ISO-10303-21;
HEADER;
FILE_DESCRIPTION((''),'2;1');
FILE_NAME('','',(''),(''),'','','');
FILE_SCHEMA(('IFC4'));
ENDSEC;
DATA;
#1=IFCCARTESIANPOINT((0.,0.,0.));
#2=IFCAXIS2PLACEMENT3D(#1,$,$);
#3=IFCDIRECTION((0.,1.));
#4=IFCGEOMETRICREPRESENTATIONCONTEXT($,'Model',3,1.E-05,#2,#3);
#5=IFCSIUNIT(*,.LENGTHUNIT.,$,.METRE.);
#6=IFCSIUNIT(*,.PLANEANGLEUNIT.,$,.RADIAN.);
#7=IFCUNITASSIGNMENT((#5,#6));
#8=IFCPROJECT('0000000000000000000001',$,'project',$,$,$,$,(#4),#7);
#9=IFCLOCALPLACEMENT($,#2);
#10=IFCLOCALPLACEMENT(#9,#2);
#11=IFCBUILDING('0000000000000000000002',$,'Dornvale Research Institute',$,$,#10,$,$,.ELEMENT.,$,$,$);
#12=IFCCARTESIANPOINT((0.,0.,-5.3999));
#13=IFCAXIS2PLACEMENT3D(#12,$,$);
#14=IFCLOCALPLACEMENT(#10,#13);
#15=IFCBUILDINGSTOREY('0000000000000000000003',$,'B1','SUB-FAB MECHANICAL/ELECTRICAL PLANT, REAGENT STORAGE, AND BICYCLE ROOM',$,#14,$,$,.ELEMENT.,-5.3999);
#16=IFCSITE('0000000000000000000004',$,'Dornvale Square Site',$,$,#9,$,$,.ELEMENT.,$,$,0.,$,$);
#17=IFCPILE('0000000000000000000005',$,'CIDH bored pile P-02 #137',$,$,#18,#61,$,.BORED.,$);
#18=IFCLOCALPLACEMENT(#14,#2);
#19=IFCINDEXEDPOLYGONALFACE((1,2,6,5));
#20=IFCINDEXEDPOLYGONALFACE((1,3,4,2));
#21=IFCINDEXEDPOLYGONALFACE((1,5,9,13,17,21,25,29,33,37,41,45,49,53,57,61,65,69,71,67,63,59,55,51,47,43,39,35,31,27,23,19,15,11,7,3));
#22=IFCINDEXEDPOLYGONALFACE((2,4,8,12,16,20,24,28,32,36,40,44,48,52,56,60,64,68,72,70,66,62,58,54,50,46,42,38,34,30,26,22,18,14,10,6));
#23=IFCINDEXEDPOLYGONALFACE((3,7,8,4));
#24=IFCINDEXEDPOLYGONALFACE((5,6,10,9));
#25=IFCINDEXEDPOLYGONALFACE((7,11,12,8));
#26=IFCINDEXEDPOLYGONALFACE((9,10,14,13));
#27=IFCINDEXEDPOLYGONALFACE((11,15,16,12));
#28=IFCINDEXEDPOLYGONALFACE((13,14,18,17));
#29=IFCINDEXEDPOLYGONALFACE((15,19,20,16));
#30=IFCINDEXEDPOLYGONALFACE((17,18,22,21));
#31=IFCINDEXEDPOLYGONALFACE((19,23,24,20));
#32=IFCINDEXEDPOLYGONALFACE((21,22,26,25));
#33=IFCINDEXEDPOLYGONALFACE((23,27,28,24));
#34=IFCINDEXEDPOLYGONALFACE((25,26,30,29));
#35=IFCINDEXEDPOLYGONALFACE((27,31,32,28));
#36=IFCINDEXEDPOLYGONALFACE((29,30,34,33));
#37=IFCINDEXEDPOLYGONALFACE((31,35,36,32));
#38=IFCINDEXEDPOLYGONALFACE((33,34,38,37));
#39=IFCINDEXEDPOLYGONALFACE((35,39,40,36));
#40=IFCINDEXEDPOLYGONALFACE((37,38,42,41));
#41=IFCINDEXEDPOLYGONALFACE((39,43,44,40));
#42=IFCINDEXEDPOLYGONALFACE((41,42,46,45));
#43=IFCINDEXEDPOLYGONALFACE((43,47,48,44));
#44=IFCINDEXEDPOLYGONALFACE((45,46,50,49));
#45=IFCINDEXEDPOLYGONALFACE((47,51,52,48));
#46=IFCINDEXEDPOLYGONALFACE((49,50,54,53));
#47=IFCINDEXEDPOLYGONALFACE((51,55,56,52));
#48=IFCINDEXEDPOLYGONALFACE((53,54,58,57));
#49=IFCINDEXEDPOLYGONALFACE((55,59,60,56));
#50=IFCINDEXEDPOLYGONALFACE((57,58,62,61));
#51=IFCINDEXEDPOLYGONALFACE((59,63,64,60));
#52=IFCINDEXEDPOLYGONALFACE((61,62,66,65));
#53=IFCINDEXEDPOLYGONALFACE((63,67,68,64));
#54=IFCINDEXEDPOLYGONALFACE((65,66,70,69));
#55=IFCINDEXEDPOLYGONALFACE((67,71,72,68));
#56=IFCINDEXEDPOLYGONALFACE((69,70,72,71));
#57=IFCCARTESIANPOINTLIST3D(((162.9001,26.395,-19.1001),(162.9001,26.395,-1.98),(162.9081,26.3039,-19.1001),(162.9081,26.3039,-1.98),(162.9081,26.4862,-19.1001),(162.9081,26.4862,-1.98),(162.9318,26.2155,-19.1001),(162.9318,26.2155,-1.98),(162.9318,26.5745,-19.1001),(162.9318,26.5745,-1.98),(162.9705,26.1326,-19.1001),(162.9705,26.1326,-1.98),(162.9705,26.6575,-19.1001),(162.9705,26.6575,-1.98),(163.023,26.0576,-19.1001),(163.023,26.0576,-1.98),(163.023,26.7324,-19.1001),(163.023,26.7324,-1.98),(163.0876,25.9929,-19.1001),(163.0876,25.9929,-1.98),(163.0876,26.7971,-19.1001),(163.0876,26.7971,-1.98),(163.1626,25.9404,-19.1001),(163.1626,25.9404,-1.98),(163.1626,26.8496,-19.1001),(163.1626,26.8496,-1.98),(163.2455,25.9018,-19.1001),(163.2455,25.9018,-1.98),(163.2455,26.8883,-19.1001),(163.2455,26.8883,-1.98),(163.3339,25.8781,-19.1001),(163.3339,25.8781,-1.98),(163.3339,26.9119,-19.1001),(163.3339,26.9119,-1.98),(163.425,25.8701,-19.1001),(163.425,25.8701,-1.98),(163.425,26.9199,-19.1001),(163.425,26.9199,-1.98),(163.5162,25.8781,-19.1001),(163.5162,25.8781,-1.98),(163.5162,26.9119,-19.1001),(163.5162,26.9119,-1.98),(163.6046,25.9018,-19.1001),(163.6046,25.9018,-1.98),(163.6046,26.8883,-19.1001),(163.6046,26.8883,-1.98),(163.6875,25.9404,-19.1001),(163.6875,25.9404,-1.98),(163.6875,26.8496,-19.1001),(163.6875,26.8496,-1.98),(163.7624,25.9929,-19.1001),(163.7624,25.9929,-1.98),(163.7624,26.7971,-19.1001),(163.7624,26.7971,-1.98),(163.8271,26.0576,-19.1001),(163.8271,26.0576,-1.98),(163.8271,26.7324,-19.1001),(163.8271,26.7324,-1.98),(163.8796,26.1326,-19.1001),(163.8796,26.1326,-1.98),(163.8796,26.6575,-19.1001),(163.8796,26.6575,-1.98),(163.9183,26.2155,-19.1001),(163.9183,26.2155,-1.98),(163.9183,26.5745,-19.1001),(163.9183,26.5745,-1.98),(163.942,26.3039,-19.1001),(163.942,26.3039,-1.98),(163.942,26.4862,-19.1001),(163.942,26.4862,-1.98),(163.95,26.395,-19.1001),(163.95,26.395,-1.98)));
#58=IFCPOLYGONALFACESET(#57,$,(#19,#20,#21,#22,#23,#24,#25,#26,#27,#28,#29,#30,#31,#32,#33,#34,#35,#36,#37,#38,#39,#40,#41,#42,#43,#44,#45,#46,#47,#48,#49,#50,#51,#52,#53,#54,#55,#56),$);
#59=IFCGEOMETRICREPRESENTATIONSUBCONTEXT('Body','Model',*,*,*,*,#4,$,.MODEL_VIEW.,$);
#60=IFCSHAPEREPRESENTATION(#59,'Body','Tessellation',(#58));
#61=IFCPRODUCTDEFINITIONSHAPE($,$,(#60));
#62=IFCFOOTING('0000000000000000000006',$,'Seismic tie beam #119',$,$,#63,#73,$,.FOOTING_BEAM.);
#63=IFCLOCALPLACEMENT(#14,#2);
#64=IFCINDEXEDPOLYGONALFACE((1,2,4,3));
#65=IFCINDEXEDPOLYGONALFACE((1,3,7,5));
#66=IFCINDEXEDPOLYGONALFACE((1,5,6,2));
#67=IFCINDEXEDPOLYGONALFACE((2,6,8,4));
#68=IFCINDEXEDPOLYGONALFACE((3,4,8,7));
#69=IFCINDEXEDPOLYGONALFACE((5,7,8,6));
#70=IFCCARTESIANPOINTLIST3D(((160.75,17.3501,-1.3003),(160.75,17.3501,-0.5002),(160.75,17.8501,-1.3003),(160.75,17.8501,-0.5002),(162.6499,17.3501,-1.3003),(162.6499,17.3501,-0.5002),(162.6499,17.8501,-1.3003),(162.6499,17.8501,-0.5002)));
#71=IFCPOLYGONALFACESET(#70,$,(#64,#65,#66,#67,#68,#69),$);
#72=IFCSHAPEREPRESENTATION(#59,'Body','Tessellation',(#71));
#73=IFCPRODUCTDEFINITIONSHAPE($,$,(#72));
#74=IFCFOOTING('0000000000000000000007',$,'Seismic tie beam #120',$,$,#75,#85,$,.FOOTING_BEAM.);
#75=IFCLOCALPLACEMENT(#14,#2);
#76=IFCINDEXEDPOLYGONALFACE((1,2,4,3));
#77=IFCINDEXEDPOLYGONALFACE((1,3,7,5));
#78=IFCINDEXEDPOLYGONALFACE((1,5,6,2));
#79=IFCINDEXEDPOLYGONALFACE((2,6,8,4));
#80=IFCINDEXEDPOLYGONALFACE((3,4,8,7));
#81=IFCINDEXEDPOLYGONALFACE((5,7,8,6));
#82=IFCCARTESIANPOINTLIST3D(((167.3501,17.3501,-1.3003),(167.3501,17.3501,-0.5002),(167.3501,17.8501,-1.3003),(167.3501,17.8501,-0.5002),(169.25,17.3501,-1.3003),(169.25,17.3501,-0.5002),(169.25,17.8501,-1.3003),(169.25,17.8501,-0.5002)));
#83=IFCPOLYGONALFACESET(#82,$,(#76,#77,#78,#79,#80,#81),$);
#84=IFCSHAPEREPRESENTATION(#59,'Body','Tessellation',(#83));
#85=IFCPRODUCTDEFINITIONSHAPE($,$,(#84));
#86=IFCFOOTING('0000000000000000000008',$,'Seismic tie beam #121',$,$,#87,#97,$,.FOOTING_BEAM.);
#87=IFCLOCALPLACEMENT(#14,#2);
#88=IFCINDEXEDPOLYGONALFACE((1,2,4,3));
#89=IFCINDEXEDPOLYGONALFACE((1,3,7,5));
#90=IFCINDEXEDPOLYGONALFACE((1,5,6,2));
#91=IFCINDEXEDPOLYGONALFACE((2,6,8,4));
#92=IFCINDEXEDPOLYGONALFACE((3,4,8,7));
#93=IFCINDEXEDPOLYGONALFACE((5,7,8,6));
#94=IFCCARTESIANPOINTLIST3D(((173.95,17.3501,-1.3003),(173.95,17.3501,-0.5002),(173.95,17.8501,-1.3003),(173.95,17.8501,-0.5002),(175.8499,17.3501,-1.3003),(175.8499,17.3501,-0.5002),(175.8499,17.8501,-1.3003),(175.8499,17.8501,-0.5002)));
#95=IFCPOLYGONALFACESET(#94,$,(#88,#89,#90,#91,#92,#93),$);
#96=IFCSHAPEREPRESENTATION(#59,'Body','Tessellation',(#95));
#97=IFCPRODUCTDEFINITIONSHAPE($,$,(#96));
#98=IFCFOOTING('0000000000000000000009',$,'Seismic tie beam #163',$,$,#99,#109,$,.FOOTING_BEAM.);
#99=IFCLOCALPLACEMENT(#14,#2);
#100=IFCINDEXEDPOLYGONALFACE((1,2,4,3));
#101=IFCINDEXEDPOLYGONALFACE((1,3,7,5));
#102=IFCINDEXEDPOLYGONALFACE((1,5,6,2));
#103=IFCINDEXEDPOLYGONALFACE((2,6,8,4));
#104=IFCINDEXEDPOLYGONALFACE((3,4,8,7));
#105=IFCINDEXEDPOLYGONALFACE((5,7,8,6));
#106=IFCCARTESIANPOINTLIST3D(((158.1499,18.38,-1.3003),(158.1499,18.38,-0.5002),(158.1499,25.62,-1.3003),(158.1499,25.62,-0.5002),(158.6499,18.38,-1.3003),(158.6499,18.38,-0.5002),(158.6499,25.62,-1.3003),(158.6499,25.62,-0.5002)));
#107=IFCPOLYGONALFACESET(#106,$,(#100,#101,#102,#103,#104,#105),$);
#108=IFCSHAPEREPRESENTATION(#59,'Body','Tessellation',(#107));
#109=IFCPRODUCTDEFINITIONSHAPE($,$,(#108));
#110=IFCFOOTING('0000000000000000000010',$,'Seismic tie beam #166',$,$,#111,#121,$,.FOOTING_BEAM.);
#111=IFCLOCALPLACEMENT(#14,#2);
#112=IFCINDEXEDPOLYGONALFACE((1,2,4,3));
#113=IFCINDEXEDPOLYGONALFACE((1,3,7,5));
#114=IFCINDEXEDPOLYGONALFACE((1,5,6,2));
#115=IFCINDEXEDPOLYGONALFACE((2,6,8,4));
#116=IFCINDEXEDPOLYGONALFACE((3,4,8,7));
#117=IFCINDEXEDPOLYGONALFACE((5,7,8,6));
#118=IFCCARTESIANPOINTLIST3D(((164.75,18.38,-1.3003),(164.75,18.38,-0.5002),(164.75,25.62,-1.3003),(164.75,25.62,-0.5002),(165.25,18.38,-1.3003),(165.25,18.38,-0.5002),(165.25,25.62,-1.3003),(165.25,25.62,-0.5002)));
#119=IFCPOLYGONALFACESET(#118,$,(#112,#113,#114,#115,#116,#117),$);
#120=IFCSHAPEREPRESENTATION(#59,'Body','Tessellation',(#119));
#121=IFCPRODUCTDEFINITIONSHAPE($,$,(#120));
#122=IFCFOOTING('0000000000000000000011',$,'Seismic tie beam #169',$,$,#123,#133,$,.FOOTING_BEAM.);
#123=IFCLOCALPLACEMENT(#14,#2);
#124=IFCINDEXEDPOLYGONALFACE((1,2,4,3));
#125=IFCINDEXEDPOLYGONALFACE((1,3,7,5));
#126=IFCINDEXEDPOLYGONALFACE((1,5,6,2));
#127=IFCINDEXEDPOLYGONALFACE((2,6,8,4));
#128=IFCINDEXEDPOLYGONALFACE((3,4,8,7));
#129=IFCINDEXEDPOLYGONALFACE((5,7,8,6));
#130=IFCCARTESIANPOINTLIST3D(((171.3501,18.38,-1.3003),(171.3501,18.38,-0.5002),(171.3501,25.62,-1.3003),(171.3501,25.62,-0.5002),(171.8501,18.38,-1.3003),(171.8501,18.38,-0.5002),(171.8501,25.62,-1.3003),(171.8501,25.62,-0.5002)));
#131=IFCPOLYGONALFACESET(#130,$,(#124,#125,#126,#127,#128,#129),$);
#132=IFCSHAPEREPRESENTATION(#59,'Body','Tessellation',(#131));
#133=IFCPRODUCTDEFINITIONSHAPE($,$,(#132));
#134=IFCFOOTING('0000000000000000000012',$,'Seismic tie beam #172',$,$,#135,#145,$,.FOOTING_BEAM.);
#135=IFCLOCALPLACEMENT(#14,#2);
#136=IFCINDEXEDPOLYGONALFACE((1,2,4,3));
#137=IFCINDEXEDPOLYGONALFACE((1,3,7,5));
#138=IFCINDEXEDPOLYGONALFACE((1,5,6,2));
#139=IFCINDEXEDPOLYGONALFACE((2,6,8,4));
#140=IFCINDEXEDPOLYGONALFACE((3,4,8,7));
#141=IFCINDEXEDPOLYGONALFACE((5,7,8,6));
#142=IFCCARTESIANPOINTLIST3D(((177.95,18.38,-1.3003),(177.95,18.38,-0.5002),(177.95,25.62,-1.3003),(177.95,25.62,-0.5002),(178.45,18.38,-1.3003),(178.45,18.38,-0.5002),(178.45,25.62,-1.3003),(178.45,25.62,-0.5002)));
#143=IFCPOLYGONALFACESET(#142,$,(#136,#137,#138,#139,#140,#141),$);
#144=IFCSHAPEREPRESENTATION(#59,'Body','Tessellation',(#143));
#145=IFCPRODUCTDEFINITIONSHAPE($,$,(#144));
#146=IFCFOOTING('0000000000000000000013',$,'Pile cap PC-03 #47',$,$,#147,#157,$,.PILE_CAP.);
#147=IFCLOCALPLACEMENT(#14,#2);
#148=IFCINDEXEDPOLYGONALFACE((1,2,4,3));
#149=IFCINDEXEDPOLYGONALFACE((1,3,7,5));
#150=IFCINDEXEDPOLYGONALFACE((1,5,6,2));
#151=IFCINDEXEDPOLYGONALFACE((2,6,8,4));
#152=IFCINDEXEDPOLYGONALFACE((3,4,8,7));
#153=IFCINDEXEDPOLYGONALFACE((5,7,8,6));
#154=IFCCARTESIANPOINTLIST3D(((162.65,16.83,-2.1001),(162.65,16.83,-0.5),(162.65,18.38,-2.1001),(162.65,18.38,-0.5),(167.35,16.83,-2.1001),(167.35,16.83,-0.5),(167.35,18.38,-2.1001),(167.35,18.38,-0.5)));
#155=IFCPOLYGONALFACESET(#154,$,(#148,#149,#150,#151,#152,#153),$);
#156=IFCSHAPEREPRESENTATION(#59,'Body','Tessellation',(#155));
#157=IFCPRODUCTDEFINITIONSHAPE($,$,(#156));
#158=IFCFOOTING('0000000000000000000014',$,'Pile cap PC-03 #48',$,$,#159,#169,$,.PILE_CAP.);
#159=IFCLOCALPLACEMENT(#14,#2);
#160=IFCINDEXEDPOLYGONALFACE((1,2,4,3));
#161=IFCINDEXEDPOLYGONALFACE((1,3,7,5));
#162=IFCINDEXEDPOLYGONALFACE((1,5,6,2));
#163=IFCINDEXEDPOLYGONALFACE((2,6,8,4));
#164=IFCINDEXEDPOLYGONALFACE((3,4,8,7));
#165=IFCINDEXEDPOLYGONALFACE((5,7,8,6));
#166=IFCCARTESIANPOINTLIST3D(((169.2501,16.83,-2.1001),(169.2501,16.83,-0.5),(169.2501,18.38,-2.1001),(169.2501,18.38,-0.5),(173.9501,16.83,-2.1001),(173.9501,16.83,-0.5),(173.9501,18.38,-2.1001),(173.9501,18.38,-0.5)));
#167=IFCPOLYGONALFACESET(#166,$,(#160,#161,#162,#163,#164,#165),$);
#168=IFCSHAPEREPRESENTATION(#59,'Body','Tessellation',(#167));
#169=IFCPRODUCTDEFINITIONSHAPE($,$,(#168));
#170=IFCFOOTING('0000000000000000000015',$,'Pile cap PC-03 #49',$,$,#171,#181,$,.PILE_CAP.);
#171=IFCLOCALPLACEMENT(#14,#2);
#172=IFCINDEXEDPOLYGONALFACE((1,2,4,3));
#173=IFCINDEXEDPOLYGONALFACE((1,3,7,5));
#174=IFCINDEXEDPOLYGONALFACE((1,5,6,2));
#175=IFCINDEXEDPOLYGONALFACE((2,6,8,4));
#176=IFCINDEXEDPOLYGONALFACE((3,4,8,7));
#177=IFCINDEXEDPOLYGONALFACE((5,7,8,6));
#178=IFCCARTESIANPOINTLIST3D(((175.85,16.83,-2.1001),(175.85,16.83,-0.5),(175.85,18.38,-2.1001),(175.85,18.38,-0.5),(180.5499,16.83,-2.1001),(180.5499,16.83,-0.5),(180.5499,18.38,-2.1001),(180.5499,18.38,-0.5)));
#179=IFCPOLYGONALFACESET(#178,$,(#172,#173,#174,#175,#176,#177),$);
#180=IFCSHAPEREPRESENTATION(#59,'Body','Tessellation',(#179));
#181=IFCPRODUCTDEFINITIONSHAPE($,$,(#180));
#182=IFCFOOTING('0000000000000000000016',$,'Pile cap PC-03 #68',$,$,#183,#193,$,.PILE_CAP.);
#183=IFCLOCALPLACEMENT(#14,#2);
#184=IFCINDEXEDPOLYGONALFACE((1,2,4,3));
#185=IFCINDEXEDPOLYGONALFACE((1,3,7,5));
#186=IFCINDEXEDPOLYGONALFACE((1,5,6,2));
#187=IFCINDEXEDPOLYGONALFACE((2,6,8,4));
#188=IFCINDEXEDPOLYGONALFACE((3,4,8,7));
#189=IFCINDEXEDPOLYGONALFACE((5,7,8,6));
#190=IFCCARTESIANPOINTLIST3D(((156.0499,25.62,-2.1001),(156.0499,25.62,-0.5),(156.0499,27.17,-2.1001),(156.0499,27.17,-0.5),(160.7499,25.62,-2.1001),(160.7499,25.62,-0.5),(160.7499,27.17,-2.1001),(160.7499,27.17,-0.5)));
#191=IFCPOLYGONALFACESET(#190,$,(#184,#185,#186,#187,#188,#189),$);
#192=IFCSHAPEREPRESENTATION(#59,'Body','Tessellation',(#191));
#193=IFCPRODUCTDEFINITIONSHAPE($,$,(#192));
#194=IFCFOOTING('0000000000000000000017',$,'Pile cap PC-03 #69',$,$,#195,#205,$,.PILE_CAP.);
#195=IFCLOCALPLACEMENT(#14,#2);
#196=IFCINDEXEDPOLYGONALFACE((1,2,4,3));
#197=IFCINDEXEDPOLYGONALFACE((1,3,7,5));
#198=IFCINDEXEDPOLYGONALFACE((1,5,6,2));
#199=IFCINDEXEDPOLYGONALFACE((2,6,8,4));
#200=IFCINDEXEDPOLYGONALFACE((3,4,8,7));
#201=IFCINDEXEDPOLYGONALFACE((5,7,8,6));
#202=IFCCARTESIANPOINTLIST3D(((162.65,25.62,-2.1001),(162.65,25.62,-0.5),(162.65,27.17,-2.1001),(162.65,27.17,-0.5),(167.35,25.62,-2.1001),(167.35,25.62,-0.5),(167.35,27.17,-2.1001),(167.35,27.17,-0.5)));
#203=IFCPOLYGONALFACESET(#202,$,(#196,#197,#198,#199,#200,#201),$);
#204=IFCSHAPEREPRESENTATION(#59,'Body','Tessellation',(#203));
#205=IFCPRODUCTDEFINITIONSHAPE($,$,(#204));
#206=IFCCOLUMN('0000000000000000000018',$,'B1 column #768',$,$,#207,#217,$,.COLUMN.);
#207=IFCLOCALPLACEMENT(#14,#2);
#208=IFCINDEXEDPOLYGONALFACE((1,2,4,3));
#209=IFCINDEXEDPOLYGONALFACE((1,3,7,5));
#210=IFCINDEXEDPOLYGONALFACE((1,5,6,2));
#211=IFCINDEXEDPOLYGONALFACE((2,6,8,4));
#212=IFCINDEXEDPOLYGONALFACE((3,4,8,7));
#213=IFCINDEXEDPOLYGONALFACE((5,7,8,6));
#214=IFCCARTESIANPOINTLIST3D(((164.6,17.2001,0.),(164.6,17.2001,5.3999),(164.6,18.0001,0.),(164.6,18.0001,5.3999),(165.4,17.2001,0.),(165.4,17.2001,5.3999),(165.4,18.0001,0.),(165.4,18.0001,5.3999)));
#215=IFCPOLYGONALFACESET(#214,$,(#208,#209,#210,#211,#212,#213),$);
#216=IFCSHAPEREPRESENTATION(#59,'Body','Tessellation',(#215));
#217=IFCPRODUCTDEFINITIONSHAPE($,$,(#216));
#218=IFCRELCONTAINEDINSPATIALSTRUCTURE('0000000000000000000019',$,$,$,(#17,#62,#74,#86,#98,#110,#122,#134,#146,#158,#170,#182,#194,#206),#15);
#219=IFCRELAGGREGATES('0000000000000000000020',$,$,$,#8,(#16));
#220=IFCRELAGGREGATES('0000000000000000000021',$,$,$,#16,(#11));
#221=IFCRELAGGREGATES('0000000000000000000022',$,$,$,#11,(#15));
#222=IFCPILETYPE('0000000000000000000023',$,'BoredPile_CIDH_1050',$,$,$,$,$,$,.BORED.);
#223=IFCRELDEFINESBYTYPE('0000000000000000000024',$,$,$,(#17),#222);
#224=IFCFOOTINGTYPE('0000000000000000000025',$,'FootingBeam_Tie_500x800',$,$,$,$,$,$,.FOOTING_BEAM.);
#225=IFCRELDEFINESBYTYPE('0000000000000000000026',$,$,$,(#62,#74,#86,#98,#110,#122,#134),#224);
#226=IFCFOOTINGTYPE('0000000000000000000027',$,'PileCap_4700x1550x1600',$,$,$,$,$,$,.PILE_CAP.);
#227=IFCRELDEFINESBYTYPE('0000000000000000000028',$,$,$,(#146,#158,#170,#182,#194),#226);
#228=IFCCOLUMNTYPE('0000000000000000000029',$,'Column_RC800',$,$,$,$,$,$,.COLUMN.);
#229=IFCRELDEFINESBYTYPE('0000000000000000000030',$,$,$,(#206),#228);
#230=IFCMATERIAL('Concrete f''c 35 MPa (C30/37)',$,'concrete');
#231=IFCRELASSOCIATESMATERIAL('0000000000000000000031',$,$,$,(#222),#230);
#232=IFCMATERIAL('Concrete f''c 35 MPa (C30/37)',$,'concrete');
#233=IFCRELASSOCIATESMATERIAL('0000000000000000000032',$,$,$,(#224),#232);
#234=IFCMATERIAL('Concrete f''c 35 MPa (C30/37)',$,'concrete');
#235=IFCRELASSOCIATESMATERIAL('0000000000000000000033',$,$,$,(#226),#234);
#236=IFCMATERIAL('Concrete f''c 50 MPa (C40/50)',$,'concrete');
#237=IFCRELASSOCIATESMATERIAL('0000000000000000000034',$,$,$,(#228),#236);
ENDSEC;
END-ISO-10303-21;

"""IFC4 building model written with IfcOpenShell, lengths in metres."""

from ifc_helpers import new_model, si_unit, direction, frame, origin, origin_2d, place, context, subcontext, project, spatial, rectangle, circle, extrude, material, material_profile, profile_set, type_object, element, save


model = new_model("IFC4")

# Units and contexts
model_context = context("Model", 3, precision=1e-05, world=origin(), true_north=direction((0.0, 1.0)))
body_context = subcontext(model_context, "Body", "Model", "MODEL_VIEW")
ifc_project = project(units=[si_unit("LENGTHUNIT", "METRE"), si_unit("PLANEANGLEUNIT", "RADIAN")], contexts=[model_context])

# Site, building, storey
site_placement = place(None, origin())
site = spatial("IfcSite", under=ifc_project, at=site_placement, Name="Dornvale Square Site", CompositionType="ELEMENT", RefElevation=0.0)
building_placement = place(site_placement, origin())
building = spatial("IfcBuilding", under=site, at=building_placement, Name="Dornvale Research Institute", CompositionType="ELEMENT")
storey_placement = place(building_placement, frame((0.0, 0.0, -5.3999)))
storey = spatial("IfcBuildingStorey", under=building, at=storey_placement, Name="B1", Description="SUB-FAB MECHANICAL/ELECTRICAL PLANT, REAGENT STORAGE, AND BICYCLE ROOM", CompositionType="ELEMENT", Elevation=-5.3999)

# Pile
ifc_material_1 = material(Name="Concrete f'c 35 MPa (C30/37)", Category="concrete")
ifc_material_profile_1 = material_profile(ifc_material_1, circle(Radius=0.5249, at=origin_2d()), Name="CIDH PILE D1050")
ifc_profile_set_1 = profile_set([ifc_material_profile_1], Name="Concrete f'c 35 MPa (C30/37)")
pile_type = type_object("IfcPileType", Name="BoredPile_CIDH_1050", PredefinedType="BORED", material=ifc_profile_set_1)
for number, where, z_axis, x_axis, name in (
    (1, (163.425, 26.395, -1.98), (0.0, 0.0, -1.0), (1.0, 0.0, 0.0), "CIDH bored pile P-02 #137"),
):
    element("IfcPile", number, at=place(storey_placement, frame(where, z_axis=z_axis, x_axis=x_axis)), inside=storey, type_object=pile_type, Name=name, PredefinedType="BORED", context=body_context, shape_type="SweptSolid", body=[
        extrude(circle(Radius=0.5249, at=origin_2d()), origin(), (0.0, 0.0, 1.0), 17.1201),
    ])

# Footings
ifc_material_2 = material(Name="Concrete f'c 35 MPa (C30/37)", Category="concrete")
footing_type_1 = type_object("IfcFootingType", Name="FootingBeam_Tie_500x800", PredefinedType="FOOTING_BEAM", material=ifc_material_2)
for number, where, z_axis, x_axis, name in (
    (2, (161.7, 17.6001, -1.3003), (0.0, 0.0, 1.0), (1.0, 0.0, 0.0), "Seismic tie beam #119"),
    (3, (168.3, 17.6001, -1.3003), (0.0, 0.0, 1.0), (1.0, 0.0, 0.0), "Seismic tie beam #120"),
    (4, (174.8999, 17.6001, -1.3003), (0.0, 0.0, 1.0), (1.0, 0.0, 0.0), "Seismic tie beam #121"),
):
    element("IfcFooting", number, at=place(storey_placement, frame(where, z_axis=z_axis, x_axis=x_axis)), inside=storey, type_object=footing_type_1, Name=name, PredefinedType="FOOTING_BEAM", context=body_context, shape_type="SweptSolid", body=[
        extrude(rectangle(XDim=1.8999, YDim=0.5, at=origin_2d()), origin(), (0.0, 0.0, 1.0), 0.8),
    ])
for number, where, z_axis, x_axis, name in (
    (5, (158.3999, 22.0, -1.3003), (0.0, 0.0, 1.0), (0.0, 1.0, 0.0), "Seismic tie beam #163"),
    (6, (165.0, 22.0, -1.3003), (0.0, 0.0, 1.0), (0.0, 1.0, 0.0), "Seismic tie beam #166"),
    (7, (171.6001, 22.0, -1.3003), (0.0, 0.0, 1.0), (0.0, 1.0, 0.0), "Seismic tie beam #169"),
    (8, (178.2, 22.0, -1.3003), (0.0, 0.0, 1.0), (0.0, 1.0, 0.0), "Seismic tie beam #172"),
):
    element("IfcFooting", number, at=place(storey_placement, frame(where, z_axis=z_axis, x_axis=x_axis)), inside=storey, type_object=footing_type_1, Name=name, PredefinedType="FOOTING_BEAM", context=body_context, shape_type="SweptSolid", body=[
        extrude(rectangle(XDim=7.24, YDim=0.5, at=origin_2d()), origin(), (0.0, 0.0, 1.0), 0.8),
    ])
ifc_material_3 = material(Name="Concrete f'c 35 MPa (C30/37)", Category="concrete")
footing_type_2 = type_object("IfcFootingType", Name="PileCap_4700x1550x1600", PredefinedType="PILE_CAP", material=ifc_material_3)
for number, where, z_axis, x_axis, name in (
    (9, (165.0, 17.605, -2.1001), (0.0, 0.0, 1.0), (1.0, 0.0, 0.0), "Pile cap PC-03 #47"),
    (10, (171.6001, 17.605, -2.1001), (0.0, 0.0, 1.0), (1.0, 0.0, 0.0), "Pile cap PC-03 #48"),
    (11, (178.2, 17.605, -2.1001), (0.0, 0.0, 1.0), (1.0, 0.0, 0.0), "Pile cap PC-03 #49"),
    (12, (158.3999, 26.395, -2.1001), (0.0, 0.0, 1.0), (1.0, 0.0, 0.0), "Pile cap PC-03 #68"),
    (13, (165.0, 26.395, -2.1001), (0.0, 0.0, 1.0), (1.0, 0.0, 0.0), "Pile cap PC-03 #69"),
):
    element("IfcFooting", number, at=place(storey_placement, frame(where, z_axis=z_axis, x_axis=x_axis)), inside=storey, type_object=footing_type_2, Name=name, PredefinedType="PILE_CAP", context=body_context, shape_type="SweptSolid", body=[
        extrude(rectangle(XDim=4.7, YDim=1.55, at=origin_2d()), origin(), (0.0, 0.0, 1.0), 1.6001),
    ])

# Column
ifc_material_4 = material(Name="Concrete f'c 50 MPa (C40/50)", Category="concrete")
ifc_material_profile_2 = material_profile(ifc_material_4, rectangle(XDim=0.8, YDim=0.8, at=origin_2d()), Name="RC 800x800")
ifc_profile_set_2 = profile_set([ifc_material_profile_2], Name="Concrete f'c 50 MPa (C40/50)")
column_type = type_object("IfcColumnType", Name="Column_RC800", PredefinedType="COLUMN", material=ifc_profile_set_2)
for number, where, z_axis, x_axis, name in (
    (14, (165.0, 17.6001, 0.0), (0.0, 0.0, 1.0), (1.0, 0.0, 0.0), "B1 column #768"),
):
    element("IfcColumn", number, at=place(storey_placement, frame(where, z_axis=z_axis, x_axis=x_axis)), inside=storey, type_object=column_type, Name=name, PredefinedType="COLUMN", context=body_context, shape_type="SweptSolid", body=[
        extrude(rectangle(XDim=0.8, YDim=0.8, at=origin_2d()), origin(), (0.0, 0.0, 1.0), 5.3999),
    ])

save(model, "model.ifc")
